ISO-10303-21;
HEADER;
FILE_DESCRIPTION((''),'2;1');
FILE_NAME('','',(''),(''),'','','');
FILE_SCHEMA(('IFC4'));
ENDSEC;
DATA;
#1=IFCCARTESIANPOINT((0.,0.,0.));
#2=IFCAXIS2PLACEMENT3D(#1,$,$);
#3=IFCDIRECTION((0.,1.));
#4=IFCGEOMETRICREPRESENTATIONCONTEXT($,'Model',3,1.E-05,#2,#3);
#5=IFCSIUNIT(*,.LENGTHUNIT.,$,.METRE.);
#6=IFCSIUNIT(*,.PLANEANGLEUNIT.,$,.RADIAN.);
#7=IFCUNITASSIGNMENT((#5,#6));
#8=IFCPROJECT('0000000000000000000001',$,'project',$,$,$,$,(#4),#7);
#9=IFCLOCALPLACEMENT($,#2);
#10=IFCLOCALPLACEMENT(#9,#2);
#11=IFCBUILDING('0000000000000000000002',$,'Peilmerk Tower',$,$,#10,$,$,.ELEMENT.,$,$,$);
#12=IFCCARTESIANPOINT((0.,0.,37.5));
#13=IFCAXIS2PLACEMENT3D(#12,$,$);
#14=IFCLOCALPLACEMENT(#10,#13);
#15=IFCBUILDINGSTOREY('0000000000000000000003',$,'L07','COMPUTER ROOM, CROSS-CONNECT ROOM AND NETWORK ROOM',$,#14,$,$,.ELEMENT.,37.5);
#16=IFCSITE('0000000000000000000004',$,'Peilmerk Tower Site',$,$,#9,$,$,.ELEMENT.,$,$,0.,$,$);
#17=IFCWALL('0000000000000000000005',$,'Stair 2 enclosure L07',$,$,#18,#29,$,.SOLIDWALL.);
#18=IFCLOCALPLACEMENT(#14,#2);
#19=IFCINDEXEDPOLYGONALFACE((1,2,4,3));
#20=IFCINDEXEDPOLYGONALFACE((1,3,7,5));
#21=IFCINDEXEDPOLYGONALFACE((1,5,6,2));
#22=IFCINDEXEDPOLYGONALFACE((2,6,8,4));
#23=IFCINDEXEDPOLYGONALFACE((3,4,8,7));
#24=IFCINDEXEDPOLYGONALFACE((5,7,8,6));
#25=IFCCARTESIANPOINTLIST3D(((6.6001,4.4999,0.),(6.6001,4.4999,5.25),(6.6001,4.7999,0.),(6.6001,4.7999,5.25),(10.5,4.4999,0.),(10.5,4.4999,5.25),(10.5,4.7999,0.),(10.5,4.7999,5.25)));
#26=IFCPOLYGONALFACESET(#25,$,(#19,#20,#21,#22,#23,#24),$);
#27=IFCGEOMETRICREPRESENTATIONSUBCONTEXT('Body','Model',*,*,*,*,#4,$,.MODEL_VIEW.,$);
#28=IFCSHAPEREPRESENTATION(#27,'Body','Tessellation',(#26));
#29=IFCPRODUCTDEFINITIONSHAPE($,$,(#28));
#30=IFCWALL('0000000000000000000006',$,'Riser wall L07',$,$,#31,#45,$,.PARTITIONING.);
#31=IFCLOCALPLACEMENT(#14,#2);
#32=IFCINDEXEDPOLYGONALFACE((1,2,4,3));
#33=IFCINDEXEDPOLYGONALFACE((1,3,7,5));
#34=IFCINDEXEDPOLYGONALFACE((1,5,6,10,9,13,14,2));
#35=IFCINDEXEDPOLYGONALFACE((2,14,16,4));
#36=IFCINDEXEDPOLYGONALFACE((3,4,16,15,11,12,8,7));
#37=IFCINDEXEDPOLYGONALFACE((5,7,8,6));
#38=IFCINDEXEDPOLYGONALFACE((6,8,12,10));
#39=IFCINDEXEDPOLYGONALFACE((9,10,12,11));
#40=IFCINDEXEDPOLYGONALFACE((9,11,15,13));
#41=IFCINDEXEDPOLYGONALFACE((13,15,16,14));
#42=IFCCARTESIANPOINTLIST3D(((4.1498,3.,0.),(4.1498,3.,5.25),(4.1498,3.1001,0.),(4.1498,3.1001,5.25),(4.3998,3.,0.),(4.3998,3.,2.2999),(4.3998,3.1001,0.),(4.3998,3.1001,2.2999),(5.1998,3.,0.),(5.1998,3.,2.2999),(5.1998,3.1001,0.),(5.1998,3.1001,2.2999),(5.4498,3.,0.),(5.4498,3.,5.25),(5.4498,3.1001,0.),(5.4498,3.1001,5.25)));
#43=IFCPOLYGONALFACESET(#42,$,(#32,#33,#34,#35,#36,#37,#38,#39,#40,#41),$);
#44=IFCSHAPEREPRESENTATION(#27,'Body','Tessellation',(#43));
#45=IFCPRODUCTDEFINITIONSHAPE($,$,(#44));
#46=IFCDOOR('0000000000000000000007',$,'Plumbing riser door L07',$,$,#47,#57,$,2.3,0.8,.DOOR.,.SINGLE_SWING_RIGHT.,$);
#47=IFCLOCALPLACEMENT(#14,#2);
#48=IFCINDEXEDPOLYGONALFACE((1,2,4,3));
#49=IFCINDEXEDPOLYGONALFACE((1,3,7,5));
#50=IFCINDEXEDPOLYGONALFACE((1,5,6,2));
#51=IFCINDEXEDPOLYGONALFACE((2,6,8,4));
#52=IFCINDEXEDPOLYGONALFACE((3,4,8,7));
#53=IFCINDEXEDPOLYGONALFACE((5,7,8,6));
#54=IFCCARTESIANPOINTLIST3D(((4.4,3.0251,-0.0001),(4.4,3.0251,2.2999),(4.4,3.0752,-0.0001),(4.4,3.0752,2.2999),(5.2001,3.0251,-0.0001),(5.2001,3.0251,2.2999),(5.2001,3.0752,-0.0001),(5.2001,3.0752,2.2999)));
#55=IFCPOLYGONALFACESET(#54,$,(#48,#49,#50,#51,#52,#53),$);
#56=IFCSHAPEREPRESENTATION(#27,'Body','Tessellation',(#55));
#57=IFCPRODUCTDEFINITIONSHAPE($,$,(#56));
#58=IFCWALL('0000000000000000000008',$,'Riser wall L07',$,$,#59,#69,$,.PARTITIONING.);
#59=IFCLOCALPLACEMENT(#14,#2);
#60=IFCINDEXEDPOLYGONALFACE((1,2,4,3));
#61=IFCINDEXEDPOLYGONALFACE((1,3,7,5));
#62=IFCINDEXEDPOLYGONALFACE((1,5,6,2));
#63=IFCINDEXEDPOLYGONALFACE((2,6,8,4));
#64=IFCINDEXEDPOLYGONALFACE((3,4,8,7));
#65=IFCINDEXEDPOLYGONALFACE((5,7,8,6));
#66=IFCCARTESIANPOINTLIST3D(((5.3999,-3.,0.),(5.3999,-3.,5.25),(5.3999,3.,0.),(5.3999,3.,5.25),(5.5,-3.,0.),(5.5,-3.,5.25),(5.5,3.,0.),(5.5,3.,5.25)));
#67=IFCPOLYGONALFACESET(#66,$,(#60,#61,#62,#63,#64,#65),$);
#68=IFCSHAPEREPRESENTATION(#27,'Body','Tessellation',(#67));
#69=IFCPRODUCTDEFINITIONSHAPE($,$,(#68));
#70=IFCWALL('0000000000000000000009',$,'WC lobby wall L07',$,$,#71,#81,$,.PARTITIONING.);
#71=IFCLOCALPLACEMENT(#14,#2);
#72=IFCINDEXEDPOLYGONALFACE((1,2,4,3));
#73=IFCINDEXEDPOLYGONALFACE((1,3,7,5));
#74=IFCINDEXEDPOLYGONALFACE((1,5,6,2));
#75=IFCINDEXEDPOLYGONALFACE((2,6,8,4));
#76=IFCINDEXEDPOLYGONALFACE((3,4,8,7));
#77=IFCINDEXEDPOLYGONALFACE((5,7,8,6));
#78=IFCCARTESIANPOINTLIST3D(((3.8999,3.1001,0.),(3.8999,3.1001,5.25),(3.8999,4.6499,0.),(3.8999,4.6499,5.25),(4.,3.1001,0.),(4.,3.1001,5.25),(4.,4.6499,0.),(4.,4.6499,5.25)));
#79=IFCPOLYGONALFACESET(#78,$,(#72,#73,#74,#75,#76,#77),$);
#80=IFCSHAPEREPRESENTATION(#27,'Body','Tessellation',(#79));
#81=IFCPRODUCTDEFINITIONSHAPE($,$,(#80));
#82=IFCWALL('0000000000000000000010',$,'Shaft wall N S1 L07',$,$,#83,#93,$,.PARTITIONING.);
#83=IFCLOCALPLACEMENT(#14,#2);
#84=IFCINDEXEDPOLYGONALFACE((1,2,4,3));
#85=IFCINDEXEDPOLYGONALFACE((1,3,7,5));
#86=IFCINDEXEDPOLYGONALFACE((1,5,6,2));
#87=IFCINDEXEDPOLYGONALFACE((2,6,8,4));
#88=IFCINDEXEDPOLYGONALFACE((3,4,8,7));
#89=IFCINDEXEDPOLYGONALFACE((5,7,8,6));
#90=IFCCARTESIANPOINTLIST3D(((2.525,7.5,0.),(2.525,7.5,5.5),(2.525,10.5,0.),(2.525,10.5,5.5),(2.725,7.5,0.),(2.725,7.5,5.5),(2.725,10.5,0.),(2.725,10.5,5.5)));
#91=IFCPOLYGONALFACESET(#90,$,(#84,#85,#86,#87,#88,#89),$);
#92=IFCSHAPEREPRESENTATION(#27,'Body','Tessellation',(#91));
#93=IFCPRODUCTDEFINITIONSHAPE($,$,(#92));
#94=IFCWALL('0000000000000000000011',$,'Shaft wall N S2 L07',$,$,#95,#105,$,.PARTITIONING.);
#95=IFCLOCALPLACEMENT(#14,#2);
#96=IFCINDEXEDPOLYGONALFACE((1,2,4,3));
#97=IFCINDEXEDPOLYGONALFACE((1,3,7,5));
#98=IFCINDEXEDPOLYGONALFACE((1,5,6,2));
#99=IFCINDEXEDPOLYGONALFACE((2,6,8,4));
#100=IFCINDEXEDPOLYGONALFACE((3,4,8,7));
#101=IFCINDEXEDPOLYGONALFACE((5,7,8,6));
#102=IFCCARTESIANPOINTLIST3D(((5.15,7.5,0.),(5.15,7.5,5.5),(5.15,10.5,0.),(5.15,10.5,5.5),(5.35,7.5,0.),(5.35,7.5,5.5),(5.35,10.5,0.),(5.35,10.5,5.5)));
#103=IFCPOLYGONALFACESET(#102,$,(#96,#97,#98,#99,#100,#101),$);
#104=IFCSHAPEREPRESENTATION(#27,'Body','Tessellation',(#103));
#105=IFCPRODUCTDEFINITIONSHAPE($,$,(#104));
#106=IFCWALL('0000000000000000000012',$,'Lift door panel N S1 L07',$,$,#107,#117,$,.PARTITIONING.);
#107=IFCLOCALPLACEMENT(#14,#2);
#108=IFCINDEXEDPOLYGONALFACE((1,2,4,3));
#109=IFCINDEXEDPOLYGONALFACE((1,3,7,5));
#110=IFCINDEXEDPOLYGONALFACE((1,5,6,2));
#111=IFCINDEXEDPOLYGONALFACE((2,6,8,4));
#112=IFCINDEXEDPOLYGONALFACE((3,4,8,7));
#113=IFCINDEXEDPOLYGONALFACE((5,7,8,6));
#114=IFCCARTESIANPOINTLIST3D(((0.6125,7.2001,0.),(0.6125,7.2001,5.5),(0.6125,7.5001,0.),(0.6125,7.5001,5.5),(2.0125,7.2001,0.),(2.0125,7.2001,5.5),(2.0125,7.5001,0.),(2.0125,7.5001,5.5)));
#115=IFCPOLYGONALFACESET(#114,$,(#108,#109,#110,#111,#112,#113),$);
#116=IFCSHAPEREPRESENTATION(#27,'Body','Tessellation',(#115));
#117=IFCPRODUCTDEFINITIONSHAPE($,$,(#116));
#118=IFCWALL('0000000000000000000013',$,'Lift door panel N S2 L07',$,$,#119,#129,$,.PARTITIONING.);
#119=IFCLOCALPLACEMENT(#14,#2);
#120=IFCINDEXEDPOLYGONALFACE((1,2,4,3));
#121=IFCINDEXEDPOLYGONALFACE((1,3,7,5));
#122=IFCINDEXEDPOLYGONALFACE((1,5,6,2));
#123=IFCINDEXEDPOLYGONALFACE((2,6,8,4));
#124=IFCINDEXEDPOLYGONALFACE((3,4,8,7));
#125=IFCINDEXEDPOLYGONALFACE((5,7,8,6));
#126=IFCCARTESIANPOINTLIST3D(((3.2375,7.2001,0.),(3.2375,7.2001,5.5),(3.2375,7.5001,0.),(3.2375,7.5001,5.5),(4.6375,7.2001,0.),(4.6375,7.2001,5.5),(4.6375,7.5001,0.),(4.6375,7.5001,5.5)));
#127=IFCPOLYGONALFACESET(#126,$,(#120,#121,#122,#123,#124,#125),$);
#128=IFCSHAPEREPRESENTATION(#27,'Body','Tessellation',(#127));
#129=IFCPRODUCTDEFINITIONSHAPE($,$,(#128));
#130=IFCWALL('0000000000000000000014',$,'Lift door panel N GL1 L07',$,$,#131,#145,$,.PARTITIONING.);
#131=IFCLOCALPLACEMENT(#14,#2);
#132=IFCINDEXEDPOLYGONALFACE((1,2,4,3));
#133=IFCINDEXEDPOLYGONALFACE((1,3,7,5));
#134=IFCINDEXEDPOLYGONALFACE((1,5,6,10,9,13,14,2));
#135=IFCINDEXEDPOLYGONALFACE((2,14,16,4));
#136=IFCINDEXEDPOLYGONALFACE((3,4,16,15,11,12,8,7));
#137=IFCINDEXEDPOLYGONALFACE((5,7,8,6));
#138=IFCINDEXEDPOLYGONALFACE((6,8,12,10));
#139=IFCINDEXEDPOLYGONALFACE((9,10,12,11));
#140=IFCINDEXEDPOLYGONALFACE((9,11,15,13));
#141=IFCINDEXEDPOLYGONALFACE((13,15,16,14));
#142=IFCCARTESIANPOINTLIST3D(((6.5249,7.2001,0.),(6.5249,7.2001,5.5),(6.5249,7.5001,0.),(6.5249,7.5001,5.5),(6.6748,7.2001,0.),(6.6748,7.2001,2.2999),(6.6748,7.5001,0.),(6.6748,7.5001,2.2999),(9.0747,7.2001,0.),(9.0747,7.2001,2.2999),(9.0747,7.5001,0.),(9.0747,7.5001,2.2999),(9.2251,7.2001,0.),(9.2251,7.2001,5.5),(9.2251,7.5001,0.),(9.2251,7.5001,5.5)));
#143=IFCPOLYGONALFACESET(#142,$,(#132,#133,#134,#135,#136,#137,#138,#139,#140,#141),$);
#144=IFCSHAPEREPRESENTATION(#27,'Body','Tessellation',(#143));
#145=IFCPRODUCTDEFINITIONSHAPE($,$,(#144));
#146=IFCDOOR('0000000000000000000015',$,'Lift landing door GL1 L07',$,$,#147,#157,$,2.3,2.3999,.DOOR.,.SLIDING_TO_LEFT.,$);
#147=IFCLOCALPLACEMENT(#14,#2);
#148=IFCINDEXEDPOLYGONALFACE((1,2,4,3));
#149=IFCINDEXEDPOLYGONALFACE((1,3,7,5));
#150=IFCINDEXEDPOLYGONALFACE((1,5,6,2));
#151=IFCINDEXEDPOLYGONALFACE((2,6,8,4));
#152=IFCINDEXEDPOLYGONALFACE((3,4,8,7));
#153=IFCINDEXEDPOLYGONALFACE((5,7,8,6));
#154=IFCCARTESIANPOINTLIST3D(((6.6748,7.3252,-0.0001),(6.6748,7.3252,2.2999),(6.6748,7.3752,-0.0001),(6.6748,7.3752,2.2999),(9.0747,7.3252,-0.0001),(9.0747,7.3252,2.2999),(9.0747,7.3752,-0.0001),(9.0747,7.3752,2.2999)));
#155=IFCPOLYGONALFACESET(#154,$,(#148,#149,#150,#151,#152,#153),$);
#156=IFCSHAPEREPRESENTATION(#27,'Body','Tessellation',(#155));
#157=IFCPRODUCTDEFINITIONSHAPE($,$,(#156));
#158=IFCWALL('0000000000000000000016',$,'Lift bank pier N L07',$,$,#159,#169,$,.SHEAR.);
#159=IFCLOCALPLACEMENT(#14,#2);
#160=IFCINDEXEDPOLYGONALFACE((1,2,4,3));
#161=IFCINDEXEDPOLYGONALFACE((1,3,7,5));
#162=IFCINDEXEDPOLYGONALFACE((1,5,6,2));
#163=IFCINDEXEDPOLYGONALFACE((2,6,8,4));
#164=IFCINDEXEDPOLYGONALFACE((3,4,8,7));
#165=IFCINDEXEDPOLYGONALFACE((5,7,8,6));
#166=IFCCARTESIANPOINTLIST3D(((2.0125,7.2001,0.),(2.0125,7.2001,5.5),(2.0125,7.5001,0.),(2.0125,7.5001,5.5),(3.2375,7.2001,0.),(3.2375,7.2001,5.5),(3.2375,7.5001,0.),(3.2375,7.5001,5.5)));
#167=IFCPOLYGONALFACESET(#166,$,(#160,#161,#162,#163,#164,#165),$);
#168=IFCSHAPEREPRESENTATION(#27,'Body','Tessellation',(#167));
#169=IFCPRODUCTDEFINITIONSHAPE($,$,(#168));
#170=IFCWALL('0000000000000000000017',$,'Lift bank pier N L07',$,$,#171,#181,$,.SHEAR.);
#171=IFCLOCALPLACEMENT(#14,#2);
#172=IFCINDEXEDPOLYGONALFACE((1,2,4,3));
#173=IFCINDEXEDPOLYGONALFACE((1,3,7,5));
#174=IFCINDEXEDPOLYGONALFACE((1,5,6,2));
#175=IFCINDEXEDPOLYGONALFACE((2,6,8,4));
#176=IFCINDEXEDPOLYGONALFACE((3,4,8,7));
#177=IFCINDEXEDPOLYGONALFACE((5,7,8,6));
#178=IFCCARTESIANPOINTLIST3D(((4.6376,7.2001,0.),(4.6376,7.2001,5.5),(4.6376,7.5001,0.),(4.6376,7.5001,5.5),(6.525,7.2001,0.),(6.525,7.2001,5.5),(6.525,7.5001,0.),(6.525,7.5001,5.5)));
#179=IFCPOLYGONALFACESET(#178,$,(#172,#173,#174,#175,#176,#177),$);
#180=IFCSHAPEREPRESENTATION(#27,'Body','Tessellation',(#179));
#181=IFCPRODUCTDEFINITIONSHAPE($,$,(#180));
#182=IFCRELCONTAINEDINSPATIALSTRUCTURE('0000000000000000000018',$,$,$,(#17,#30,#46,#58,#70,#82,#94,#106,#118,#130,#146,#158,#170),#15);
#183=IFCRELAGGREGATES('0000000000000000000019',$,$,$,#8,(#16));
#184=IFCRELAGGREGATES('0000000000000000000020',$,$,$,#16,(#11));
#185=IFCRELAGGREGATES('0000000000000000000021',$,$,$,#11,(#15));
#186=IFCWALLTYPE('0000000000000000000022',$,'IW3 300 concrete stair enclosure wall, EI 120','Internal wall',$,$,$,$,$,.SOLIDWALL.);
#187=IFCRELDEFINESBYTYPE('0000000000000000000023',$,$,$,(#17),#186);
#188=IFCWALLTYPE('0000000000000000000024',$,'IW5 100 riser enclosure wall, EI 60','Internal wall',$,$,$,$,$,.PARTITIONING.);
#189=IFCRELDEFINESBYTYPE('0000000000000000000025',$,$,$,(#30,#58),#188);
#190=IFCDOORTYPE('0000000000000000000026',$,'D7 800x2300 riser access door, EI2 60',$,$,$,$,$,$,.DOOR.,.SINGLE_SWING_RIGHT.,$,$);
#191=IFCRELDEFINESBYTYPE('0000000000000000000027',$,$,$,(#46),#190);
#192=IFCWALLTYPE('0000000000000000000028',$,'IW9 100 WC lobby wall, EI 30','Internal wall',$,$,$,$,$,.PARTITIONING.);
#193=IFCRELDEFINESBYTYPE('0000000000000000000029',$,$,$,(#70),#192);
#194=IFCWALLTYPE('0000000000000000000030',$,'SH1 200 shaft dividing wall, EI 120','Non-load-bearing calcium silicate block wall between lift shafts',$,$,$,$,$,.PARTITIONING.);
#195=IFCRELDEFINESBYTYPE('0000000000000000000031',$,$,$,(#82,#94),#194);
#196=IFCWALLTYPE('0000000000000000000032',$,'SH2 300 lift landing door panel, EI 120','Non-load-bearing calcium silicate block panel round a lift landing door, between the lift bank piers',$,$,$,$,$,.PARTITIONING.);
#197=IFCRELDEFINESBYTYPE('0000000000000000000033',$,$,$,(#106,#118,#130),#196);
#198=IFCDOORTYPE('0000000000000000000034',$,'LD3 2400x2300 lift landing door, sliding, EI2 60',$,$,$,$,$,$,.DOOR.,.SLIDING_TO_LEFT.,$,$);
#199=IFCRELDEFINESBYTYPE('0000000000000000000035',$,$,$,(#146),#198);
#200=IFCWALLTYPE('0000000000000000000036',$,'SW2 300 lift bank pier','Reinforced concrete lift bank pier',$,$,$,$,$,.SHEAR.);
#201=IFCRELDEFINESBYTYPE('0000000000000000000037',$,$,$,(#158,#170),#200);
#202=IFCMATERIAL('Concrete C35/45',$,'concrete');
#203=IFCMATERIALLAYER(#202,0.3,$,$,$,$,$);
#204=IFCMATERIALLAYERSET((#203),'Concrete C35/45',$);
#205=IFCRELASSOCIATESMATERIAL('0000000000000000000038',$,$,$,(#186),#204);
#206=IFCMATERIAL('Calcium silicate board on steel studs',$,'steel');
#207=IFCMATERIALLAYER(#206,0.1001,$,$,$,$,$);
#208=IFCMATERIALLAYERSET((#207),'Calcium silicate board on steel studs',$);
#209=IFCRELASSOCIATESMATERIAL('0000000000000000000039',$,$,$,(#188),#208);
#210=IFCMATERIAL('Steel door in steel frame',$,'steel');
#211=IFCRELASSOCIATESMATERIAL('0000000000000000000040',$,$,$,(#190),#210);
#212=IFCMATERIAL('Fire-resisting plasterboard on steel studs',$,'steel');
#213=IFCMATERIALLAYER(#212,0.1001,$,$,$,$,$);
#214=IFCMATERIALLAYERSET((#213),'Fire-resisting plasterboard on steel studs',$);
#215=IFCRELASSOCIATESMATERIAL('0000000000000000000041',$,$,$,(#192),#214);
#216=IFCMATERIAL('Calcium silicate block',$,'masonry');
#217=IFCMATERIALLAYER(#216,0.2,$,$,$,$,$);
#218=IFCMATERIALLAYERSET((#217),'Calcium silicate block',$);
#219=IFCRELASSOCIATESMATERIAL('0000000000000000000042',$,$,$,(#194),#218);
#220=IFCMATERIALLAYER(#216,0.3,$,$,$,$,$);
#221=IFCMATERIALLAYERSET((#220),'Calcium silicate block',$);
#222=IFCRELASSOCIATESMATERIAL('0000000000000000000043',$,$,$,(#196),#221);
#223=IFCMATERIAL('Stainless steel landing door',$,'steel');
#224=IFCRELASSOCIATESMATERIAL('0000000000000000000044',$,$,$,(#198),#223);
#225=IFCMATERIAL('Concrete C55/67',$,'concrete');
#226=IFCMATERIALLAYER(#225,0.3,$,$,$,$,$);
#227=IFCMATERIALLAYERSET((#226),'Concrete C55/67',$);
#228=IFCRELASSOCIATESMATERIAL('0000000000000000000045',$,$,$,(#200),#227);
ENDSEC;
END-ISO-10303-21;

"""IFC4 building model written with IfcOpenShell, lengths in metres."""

from ifc_helpers import new_model, si_unit, direction, frame, frame_2d, origin, place, context, subcontext, project, spatial, rectangle, extrude, material, layer, layer_set, type_object, element, fill, save


model = new_model("IFC4")

# Units and contexts
model_context = context("Model", 3, precision=1e-05, world=origin(), true_north=direction((0.0, 1.0)))
body_context = subcontext(model_context, "Body", "Model", "MODEL_VIEW")
ifc_project = project(units=[si_unit("LENGTHUNIT", "METRE"), si_unit("PLANEANGLEUNIT", "RADIAN")], contexts=[model_context])

# Site, building, storey
site_placement = place(None, origin())
site = spatial("IfcSite", under=ifc_project, at=site_placement, Name="Peilmerk Tower Site", CompositionType="ELEMENT", RefElevation=0.0)
building_placement = place(site_placement, origin())
building = spatial("IfcBuilding", under=site, at=building_placement, Name="Peilmerk Tower", CompositionType="ELEMENT")
storey_placement = place(building_placement, frame((0.0, 0.0, 37.5)))
storey = spatial("IfcBuildingStorey", under=building, at=storey_placement, Name="L07", Description="COMPUTER ROOM, CROSS-CONNECT ROOM AND NETWORK ROOM", CompositionType="ELEMENT", Elevation=37.5)

# Wall
ifc_material_1 = material(Name="Concrete C35/45", Category="concrete")
ifc_layer_1 = layer(ifc_material_1, 0.3)
ifc_layer_set_1 = layer_set([ifc_layer_1], Name="Concrete C35/45")
wall_type_1 = type_object("IfcWallType", Name="IW3 300 concrete stair enclosure wall, EI 120", Description="Internal wall", PredefinedType="SOLIDWALL", material=ifc_layer_set_1)
wall_1_placement = place(storey_placement, frame((6.6001, 4.6499, 0.0), z_axis=(0.0, 0.0, 1.0), x_axis=(1.0, 0.0, 0.0)))
element("IfcWall", 1, at=wall_1_placement, inside=storey, type_object=wall_type_1, Name="Stair 2 enclosure L07", PredefinedType="SOLIDWALL", context=body_context, shape_type="SweptSolid", body=[
    extrude(rectangle(XDim=3.8999, YDim=0.3, at=frame_2d((1.95, 0.0))), origin(), (0.0, 0.0, 1.0), 5.25),
])

# Wall, opening, door
ifc_material_2 = material(Name="Calcium silicate board on steel studs", Category="steel")
ifc_layer_2 = layer(ifc_material_2, 0.1001)
ifc_layer_set_2 = layer_set([ifc_layer_2], Name="Calcium silicate board on steel studs")
wall_type_2 = type_object("IfcWallType", Name="IW5 100 riser enclosure wall, EI 60", Description="Internal wall", PredefinedType="PARTITIONING", material=ifc_layer_set_2)
wall_2_placement = place(storey_placement, frame((4.1499, 3.05, 0.0), z_axis=(0.0, 0.0, 1.0), x_axis=(1.0, 0.0, 0.0)))
wall_2 = element("IfcWall", 2, at=wall_2_placement, inside=storey, type_object=wall_type_2, Name="Riser wall L07", PredefinedType="PARTITIONING", context=body_context, shape_type="SweptSolid", body=[
    extrude(rectangle(XDim=1.3, YDim=0.1001, at=frame_2d((0.6499, 0.0))), origin(), (0.0, 0.0, 1.0), 5.25),
])
opening_1_placement = place(wall_2_placement, frame((0.25, 0.0, 0.0)))
opening_1 = element("IfcOpeningElement", 3, at=opening_1_placement, cuts=wall_2, PredefinedType="OPENING", context=body_context, shape_type="SweptSolid", body=[
    extrude(rectangle(XDim=0.8, YDim=2.3, at=frame_2d((0.3999, 1.1499))), frame((0.0, 0.0601, 0.0), z_axis=(0.0, -1.0, 0.0), x_axis=(1.0, 0.0, 0.0)), (0.0, 0.0, 1.0), 0.1201),
])
ifc_material_3 = material(Name="Steel door in steel frame", Category="steel")
door_type_1 = type_object("IfcDoorType", Name="D7 800x2300 riser access door, EI2 60", OperationType="SINGLE_SWING_RIGHT", PredefinedType="DOOR", material=ifc_material_3)
door_1_placement = place(opening_1_placement, frame((0.8, 0.0, 0.0), z_axis=(0.0, 0.0, 1.0), x_axis=(-1.0, 0.0, 0.0)))
door_1 = element("IfcDoor", 4, at=door_1_placement, inside=storey, type_object=door_type_1, Name="Plumbing riser door L07", OperationType="SINGLE_SWING_RIGHT", OverallHeight=2.3, OverallWidth=0.8, PredefinedType="DOOR", context=body_context, shape_type="SweptSolid", body=[
    extrude(rectangle(XDim=0.8, YDim=2.3, at=frame_2d((0.3999, 1.1499))), frame((0.0, 0.0249, 0.0), z_axis=(0.0, -1.0, 0.0), x_axis=(1.0, 0.0, 0.0)), (0.0, 0.0, 1.0), 0.05),
])
fill(opening_1, door_1)

# Walls
wall_3_placement = place(storey_placement, frame((5.45, 3.0, 0.0), z_axis=(0.0, 0.0, 1.0), x_axis=(0.0, -1.0, 0.0)))
element("IfcWall", 5, at=wall_3_placement, inside=storey, type_object=wall_type_2, Name="Riser wall L07", PredefinedType="PARTITIONING", context=body_context, shape_type="SweptSolid", body=[
    extrude(rectangle(XDim=6.0, YDim=0.1001, at=frame_2d((3.0, 0.0))), origin(), (0.0, 0.0, 1.0), 5.25),
])
ifc_material_4 = material(Name="Fire-resisting plasterboard on steel studs", Category="steel")
ifc_layer_3 = layer(ifc_material_4, 0.1001)
ifc_layer_set_3 = layer_set([ifc_layer_3], Name="Fire-resisting plasterboard on steel studs")
wall_type_3 = type_object("IfcWallType", Name="IW9 100 WC lobby wall, EI 30", Description="Internal wall", PredefinedType="PARTITIONING", material=ifc_layer_set_3)
wall_4_placement = place(storey_placement, frame((3.95, 3.1001, 0.0), z_axis=(0.0, 0.0, 1.0), x_axis=(0.0, 1.0, 0.0)))
element("IfcWall", 6, at=wall_4_placement, inside=storey, type_object=wall_type_3, Name="WC lobby wall L07", PredefinedType="PARTITIONING", context=body_context, shape_type="SweptSolid", body=[
    extrude(rectangle(XDim=1.5498, YDim=0.1001, at=frame_2d((0.7749, 0.0))), origin(), (0.0, 0.0, 1.0), 5.25),
])
ifc_material_5 = material(Name="Calcium silicate block", Category="masonry")
ifc_layer_4 = layer(ifc_material_5, 0.2)
ifc_layer_set_4 = layer_set([ifc_layer_4], Name="Calcium silicate block")
wall_type_4 = type_object("IfcWallType", Name="SH1 200 shaft dividing wall, EI 120", Description="Non-load-bearing calcium silicate block wall between lift shafts", PredefinedType="PARTITIONING", material=ifc_layer_set_4)
for number, where, z_axis, x_axis, name in (
    (7, (2.625, 7.5, 0.0), (0.0, 0.0, 1.0), (0.0, 1.0, 0.0), "Shaft wall N S1 L07"),
    (8, (5.25, 7.5, 0.0), (0.0, 0.0, 1.0), (0.0, 1.0, 0.0), "Shaft wall N S2 L07"),
):
    element("IfcWall", number, at=place(storey_placement, frame(where, z_axis=z_axis, x_axis=x_axis)), inside=storey, type_object=wall_type_4, Name=name, PredefinedType="PARTITIONING", context=body_context, shape_type="SweptSolid", body=[
        extrude(rectangle(XDim=3.0, YDim=0.2, at=frame_2d((1.5, 0.0))), origin(), (0.0, 0.0, 1.0), 5.5),
    ])
ifc_layer_5 = layer(ifc_material_5, 0.3)
ifc_layer_set_5 = layer_set([ifc_layer_5], Name="Calcium silicate block")
wall_type_5 = type_object("IfcWallType", Name="SH2 300 lift landing door panel, EI 120", Description="Non-load-bearing calcium silicate block panel round a lift landing door, between the lift bank piers", PredefinedType="PARTITIONING", material=ifc_layer_set_5)
for number, where, z_axis, x_axis, name in (
    (9, (0.6125, 7.3501, 0.0), (0.0, 0.0, 1.0), (1.0, 0.0, 0.0), "Lift door panel N S1 L07"),
    (10, (3.2375, 7.3501, 0.0), (0.0, 0.0, 1.0), (1.0, 0.0, 0.0), "Lift door panel N S2 L07"),
):
    element("IfcWall", number, at=place(storey_placement, frame(where, z_axis=z_axis, x_axis=x_axis)), inside=storey, type_object=wall_type_5, Name=name, PredefinedType="PARTITIONING", context=body_context, shape_type="SweptSolid", body=[
        extrude(rectangle(XDim=1.3999, YDim=0.3, at=frame_2d((0.7, 0.0))), origin(), (0.0, 0.0, 1.0), 5.5),
    ])

# Wall, opening, door
wall_5_placement = place(storey_placement, frame((6.5249, 7.3501, 0.0), z_axis=(0.0, 0.0, 1.0), x_axis=(1.0, 0.0, 0.0)))
wall_5 = element("IfcWall", 11, at=wall_5_placement, inside=storey, type_object=wall_type_5, Name="Lift door panel N GL1 L07", PredefinedType="PARTITIONING", context=body_context, shape_type="SweptSolid", body=[
    extrude(rectangle(XDim=2.7002, YDim=0.3, at=frame_2d((1.3501, 0.0))), origin(), (0.0, 0.0, 1.0), 5.5),
])
opening_2_placement = place(wall_5_placement, frame((0.1499, 0.0, 0.0)))
opening_2 = element("IfcOpeningElement", 12, at=opening_2_placement, cuts=wall_5, PredefinedType="OPENING", context=body_context, shape_type="SweptSolid", body=[
    extrude(rectangle(XDim=2.3999, YDim=2.3, at=frame_2d((1.2, 1.1499))), frame((0.0, 0.1599, 0.0), z_axis=(0.0, -1.0, 0.0), x_axis=(1.0, 0.0, 0.0)), (0.0, 0.0, 1.0), 0.3201),
])
ifc_material_6 = material(Name="Stainless steel landing door", Category="steel")
door_type_2 = type_object("IfcDoorType", Name="LD3 2400x2300 lift landing door, sliding, EI2 60", OperationType="SLIDING_TO_LEFT", PredefinedType="DOOR", material=ifc_material_6)
door_2_placement = place(opening_2_placement, frame((2.3999, 0.0, 0.0), z_axis=(0.0, 0.0, 1.0), x_axis=(-1.0, 0.0, 0.0)))
door_2 = element("IfcDoor", 13, at=door_2_placement, inside=storey, type_object=door_type_2, Name="Lift landing door GL1 L07", OperationType="SLIDING_TO_LEFT", OverallHeight=2.3, OverallWidth=2.3999, PredefinedType="DOOR", context=body_context, shape_type="SweptSolid", body=[
    extrude(rectangle(XDim=2.3999, YDim=2.3, at=frame_2d((1.2, 1.1499))), frame((0.0, 0.0249, 0.0), z_axis=(0.0, -1.0, 0.0), x_axis=(1.0, 0.0, 0.0)), (0.0, 0.0, 1.0), 0.05),
])
fill(opening_2, door_2)

# Walls
ifc_material_7 = material(Name="Concrete C55/67", Category="concrete")
ifc_layer_6 = layer(ifc_material_7, 0.3)
ifc_layer_set_6 = layer_set([ifc_layer_6], Name="Concrete C55/67")
wall_type_6 = type_object("IfcWallType", Name="SW2 300 lift bank pier", Description="Reinforced concrete lift bank pier", PredefinedType="SHEAR", material=ifc_layer_set_6)
wall_6_placement = place(storey_placement, frame((2.0125, 7.3501, 0.0), z_axis=(0.0, 0.0, 1.0), x_axis=(1.0, 0.0, 0.0)))
element("IfcWall", 14, at=wall_6_placement, inside=storey, type_object=wall_type_6, Name="Lift bank pier N L07", PredefinedType="SHEAR", context=body_context, shape_type="SweptSolid", body=[
    extrude(rectangle(XDim=1.2251, YDim=0.3, at=frame_2d((0.6125, 0.0))), origin(), (0.0, 0.0, 1.0), 5.5),
])
wall_7_placement = place(storey_placement, frame((4.6375, 7.3501, 0.0), z_axis=(0.0, 0.0, 1.0), x_axis=(1.0, 0.0, 0.0)))
element("IfcWall", 15, at=wall_7_placement, inside=storey, type_object=wall_type_6, Name="Lift bank pier N L07", PredefinedType="SHEAR", context=body_context, shape_type="SweptSolid", body=[
    extrude(rectangle(XDim=1.8875, YDim=0.3, at=frame_2d((0.9438, 0.0))), origin(), (0.0, 0.0, 1.0), 5.5),
])

save(model, "model.ifc")
